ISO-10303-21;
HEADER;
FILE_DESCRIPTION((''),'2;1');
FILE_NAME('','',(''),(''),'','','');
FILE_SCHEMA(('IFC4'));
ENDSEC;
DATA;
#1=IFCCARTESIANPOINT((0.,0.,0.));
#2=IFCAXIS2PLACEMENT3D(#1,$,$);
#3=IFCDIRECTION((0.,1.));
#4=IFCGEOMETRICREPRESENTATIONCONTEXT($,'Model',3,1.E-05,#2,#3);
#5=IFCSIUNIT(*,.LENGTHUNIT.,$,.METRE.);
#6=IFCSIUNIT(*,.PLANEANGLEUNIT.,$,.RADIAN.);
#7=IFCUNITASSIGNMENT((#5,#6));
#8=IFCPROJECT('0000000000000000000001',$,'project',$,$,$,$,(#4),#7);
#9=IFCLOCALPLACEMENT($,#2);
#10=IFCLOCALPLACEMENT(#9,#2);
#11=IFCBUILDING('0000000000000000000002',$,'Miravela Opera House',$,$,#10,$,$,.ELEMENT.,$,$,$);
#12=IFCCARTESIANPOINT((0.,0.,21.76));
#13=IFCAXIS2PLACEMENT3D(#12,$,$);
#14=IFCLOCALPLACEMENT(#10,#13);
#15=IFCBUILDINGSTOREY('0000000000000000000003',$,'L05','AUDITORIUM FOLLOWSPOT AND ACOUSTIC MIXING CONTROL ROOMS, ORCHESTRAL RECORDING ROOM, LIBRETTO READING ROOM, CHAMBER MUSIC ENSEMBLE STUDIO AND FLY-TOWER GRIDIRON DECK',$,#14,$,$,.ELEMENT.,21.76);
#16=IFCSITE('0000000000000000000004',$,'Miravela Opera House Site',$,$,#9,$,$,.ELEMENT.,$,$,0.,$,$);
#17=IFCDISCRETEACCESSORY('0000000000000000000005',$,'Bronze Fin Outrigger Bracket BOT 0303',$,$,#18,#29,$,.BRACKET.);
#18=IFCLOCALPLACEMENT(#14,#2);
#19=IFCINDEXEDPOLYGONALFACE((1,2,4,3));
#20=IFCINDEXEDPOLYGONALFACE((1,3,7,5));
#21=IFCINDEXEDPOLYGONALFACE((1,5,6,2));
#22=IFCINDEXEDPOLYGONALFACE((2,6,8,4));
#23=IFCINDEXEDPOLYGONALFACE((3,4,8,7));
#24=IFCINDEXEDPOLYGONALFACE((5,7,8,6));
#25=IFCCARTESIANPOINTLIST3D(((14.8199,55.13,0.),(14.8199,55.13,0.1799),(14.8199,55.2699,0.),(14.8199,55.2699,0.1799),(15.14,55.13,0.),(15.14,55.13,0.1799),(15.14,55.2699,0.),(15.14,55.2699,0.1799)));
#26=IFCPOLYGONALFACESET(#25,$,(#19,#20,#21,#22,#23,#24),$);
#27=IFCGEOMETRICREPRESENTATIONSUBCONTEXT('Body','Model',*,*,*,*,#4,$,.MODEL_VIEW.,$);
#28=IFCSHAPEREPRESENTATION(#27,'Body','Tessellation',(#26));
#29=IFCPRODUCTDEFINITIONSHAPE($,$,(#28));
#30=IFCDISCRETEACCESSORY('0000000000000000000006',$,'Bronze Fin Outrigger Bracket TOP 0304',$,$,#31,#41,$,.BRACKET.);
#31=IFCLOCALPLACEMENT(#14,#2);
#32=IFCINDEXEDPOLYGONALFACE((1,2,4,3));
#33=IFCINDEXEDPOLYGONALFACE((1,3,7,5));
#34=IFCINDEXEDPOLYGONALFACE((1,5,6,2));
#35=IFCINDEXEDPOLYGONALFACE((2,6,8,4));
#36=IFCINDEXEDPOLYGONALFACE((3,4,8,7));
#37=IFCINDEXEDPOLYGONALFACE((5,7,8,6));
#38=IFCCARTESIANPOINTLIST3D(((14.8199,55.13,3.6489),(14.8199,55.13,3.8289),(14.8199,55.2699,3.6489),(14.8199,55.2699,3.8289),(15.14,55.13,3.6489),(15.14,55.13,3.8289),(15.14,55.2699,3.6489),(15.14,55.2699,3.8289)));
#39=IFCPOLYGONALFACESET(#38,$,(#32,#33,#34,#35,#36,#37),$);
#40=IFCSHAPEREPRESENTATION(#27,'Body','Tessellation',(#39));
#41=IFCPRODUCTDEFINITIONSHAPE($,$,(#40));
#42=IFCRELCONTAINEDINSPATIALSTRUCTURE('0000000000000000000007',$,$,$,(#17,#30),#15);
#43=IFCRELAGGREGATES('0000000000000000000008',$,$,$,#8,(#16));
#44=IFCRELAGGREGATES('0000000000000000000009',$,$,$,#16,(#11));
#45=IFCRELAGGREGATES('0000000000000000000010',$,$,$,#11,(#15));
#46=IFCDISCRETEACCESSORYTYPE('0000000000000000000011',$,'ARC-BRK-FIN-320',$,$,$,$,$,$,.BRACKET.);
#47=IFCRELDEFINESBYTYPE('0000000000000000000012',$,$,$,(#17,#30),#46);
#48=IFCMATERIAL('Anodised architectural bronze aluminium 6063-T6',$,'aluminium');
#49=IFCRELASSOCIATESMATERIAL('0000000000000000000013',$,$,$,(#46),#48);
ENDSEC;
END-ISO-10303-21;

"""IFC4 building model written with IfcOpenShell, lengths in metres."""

from ifc_helpers import new_model, si_unit, direction, frame, origin, origin_2d, place, context, subcontext, project, spatial, rectangle, extrude, material, type_object, element, save


model = new_model("IFC4")

# Units and contexts
model_context = context("Model", 3, precision=1e-05, world=origin(), true_north=direction((0.0, 1.0)))
body_context = subcontext(model_context, "Body", "Model", "MODEL_VIEW")
ifc_project = project(units=[si_unit("LENGTHUNIT", "METRE"), si_unit("PLANEANGLEUNIT", "RADIAN")], contexts=[model_context])

# Site, building, storey
site_placement = place(None, origin())
site = spatial("IfcSite", under=ifc_project, at=site_placement, Name="Miravela Opera House Site", CompositionType="ELEMENT", RefElevation=0.0)
building_placement = place(site_placement, origin())
building = spatial("IfcBuilding", under=site, at=building_placement, Name="Miravela Opera House", CompositionType="ELEMENT")
storey_placement = place(building_placement, frame((0.0, 0.0, 21.76)))
storey = spatial("IfcBuildingStorey", under=building, at=storey_placement, Name="L05", Description="AUDITORIUM FOLLOWSPOT AND ACOUSTIC MIXING CONTROL ROOMS, ORCHESTRAL RECORDING ROOM, LIBRETTO READING ROOM, CHAMBER MUSIC ENSEMBLE STUDIO AND FLY-TOWER GRIDIRON DECK", CompositionType="ELEMENT", Elevation=21.76)

# Shared definitions
ifc_material_1 = material(Name="Anodised architectural bronze aluminium 6063-T6", Category="aluminium")

# Discrete accessories
discrete_accessory_type = type_object("IfcDiscreteAccessoryType", Name="ARC-BRK-FIN-320", PredefinedType="BRACKET", material=ifc_material_1)
for number, where, z_axis, x_axis, name in (
    (1, (14.98, 55.2, 0.0), (0.0, 0.0, 1.0), (1.0, 0.0, 0.0), "Bronze Fin Outrigger Bracket BOT 0303"),
    (2, (14.98, 55.2, 3.6489), (0.0, 0.0, 1.0), (1.0, 0.0, 0.0), "Bronze Fin Outrigger Bracket TOP 0304"),
):
    element("IfcDiscreteAccessory", number, at=place(storey_placement, frame(where, z_axis=z_axis, x_axis=x_axis)), inside=storey, type_object=discrete_accessory_type, Name=name, PredefinedType="BRACKET", context=body_context, shape_type="SweptSolid", body=[
        extrude(rectangle(XDim=0.3201, YDim=0.1399, at=origin_2d()), origin(), (0.0, 0.0, 1.0), 0.1799),
    ])

save(model, "model.ifc")
